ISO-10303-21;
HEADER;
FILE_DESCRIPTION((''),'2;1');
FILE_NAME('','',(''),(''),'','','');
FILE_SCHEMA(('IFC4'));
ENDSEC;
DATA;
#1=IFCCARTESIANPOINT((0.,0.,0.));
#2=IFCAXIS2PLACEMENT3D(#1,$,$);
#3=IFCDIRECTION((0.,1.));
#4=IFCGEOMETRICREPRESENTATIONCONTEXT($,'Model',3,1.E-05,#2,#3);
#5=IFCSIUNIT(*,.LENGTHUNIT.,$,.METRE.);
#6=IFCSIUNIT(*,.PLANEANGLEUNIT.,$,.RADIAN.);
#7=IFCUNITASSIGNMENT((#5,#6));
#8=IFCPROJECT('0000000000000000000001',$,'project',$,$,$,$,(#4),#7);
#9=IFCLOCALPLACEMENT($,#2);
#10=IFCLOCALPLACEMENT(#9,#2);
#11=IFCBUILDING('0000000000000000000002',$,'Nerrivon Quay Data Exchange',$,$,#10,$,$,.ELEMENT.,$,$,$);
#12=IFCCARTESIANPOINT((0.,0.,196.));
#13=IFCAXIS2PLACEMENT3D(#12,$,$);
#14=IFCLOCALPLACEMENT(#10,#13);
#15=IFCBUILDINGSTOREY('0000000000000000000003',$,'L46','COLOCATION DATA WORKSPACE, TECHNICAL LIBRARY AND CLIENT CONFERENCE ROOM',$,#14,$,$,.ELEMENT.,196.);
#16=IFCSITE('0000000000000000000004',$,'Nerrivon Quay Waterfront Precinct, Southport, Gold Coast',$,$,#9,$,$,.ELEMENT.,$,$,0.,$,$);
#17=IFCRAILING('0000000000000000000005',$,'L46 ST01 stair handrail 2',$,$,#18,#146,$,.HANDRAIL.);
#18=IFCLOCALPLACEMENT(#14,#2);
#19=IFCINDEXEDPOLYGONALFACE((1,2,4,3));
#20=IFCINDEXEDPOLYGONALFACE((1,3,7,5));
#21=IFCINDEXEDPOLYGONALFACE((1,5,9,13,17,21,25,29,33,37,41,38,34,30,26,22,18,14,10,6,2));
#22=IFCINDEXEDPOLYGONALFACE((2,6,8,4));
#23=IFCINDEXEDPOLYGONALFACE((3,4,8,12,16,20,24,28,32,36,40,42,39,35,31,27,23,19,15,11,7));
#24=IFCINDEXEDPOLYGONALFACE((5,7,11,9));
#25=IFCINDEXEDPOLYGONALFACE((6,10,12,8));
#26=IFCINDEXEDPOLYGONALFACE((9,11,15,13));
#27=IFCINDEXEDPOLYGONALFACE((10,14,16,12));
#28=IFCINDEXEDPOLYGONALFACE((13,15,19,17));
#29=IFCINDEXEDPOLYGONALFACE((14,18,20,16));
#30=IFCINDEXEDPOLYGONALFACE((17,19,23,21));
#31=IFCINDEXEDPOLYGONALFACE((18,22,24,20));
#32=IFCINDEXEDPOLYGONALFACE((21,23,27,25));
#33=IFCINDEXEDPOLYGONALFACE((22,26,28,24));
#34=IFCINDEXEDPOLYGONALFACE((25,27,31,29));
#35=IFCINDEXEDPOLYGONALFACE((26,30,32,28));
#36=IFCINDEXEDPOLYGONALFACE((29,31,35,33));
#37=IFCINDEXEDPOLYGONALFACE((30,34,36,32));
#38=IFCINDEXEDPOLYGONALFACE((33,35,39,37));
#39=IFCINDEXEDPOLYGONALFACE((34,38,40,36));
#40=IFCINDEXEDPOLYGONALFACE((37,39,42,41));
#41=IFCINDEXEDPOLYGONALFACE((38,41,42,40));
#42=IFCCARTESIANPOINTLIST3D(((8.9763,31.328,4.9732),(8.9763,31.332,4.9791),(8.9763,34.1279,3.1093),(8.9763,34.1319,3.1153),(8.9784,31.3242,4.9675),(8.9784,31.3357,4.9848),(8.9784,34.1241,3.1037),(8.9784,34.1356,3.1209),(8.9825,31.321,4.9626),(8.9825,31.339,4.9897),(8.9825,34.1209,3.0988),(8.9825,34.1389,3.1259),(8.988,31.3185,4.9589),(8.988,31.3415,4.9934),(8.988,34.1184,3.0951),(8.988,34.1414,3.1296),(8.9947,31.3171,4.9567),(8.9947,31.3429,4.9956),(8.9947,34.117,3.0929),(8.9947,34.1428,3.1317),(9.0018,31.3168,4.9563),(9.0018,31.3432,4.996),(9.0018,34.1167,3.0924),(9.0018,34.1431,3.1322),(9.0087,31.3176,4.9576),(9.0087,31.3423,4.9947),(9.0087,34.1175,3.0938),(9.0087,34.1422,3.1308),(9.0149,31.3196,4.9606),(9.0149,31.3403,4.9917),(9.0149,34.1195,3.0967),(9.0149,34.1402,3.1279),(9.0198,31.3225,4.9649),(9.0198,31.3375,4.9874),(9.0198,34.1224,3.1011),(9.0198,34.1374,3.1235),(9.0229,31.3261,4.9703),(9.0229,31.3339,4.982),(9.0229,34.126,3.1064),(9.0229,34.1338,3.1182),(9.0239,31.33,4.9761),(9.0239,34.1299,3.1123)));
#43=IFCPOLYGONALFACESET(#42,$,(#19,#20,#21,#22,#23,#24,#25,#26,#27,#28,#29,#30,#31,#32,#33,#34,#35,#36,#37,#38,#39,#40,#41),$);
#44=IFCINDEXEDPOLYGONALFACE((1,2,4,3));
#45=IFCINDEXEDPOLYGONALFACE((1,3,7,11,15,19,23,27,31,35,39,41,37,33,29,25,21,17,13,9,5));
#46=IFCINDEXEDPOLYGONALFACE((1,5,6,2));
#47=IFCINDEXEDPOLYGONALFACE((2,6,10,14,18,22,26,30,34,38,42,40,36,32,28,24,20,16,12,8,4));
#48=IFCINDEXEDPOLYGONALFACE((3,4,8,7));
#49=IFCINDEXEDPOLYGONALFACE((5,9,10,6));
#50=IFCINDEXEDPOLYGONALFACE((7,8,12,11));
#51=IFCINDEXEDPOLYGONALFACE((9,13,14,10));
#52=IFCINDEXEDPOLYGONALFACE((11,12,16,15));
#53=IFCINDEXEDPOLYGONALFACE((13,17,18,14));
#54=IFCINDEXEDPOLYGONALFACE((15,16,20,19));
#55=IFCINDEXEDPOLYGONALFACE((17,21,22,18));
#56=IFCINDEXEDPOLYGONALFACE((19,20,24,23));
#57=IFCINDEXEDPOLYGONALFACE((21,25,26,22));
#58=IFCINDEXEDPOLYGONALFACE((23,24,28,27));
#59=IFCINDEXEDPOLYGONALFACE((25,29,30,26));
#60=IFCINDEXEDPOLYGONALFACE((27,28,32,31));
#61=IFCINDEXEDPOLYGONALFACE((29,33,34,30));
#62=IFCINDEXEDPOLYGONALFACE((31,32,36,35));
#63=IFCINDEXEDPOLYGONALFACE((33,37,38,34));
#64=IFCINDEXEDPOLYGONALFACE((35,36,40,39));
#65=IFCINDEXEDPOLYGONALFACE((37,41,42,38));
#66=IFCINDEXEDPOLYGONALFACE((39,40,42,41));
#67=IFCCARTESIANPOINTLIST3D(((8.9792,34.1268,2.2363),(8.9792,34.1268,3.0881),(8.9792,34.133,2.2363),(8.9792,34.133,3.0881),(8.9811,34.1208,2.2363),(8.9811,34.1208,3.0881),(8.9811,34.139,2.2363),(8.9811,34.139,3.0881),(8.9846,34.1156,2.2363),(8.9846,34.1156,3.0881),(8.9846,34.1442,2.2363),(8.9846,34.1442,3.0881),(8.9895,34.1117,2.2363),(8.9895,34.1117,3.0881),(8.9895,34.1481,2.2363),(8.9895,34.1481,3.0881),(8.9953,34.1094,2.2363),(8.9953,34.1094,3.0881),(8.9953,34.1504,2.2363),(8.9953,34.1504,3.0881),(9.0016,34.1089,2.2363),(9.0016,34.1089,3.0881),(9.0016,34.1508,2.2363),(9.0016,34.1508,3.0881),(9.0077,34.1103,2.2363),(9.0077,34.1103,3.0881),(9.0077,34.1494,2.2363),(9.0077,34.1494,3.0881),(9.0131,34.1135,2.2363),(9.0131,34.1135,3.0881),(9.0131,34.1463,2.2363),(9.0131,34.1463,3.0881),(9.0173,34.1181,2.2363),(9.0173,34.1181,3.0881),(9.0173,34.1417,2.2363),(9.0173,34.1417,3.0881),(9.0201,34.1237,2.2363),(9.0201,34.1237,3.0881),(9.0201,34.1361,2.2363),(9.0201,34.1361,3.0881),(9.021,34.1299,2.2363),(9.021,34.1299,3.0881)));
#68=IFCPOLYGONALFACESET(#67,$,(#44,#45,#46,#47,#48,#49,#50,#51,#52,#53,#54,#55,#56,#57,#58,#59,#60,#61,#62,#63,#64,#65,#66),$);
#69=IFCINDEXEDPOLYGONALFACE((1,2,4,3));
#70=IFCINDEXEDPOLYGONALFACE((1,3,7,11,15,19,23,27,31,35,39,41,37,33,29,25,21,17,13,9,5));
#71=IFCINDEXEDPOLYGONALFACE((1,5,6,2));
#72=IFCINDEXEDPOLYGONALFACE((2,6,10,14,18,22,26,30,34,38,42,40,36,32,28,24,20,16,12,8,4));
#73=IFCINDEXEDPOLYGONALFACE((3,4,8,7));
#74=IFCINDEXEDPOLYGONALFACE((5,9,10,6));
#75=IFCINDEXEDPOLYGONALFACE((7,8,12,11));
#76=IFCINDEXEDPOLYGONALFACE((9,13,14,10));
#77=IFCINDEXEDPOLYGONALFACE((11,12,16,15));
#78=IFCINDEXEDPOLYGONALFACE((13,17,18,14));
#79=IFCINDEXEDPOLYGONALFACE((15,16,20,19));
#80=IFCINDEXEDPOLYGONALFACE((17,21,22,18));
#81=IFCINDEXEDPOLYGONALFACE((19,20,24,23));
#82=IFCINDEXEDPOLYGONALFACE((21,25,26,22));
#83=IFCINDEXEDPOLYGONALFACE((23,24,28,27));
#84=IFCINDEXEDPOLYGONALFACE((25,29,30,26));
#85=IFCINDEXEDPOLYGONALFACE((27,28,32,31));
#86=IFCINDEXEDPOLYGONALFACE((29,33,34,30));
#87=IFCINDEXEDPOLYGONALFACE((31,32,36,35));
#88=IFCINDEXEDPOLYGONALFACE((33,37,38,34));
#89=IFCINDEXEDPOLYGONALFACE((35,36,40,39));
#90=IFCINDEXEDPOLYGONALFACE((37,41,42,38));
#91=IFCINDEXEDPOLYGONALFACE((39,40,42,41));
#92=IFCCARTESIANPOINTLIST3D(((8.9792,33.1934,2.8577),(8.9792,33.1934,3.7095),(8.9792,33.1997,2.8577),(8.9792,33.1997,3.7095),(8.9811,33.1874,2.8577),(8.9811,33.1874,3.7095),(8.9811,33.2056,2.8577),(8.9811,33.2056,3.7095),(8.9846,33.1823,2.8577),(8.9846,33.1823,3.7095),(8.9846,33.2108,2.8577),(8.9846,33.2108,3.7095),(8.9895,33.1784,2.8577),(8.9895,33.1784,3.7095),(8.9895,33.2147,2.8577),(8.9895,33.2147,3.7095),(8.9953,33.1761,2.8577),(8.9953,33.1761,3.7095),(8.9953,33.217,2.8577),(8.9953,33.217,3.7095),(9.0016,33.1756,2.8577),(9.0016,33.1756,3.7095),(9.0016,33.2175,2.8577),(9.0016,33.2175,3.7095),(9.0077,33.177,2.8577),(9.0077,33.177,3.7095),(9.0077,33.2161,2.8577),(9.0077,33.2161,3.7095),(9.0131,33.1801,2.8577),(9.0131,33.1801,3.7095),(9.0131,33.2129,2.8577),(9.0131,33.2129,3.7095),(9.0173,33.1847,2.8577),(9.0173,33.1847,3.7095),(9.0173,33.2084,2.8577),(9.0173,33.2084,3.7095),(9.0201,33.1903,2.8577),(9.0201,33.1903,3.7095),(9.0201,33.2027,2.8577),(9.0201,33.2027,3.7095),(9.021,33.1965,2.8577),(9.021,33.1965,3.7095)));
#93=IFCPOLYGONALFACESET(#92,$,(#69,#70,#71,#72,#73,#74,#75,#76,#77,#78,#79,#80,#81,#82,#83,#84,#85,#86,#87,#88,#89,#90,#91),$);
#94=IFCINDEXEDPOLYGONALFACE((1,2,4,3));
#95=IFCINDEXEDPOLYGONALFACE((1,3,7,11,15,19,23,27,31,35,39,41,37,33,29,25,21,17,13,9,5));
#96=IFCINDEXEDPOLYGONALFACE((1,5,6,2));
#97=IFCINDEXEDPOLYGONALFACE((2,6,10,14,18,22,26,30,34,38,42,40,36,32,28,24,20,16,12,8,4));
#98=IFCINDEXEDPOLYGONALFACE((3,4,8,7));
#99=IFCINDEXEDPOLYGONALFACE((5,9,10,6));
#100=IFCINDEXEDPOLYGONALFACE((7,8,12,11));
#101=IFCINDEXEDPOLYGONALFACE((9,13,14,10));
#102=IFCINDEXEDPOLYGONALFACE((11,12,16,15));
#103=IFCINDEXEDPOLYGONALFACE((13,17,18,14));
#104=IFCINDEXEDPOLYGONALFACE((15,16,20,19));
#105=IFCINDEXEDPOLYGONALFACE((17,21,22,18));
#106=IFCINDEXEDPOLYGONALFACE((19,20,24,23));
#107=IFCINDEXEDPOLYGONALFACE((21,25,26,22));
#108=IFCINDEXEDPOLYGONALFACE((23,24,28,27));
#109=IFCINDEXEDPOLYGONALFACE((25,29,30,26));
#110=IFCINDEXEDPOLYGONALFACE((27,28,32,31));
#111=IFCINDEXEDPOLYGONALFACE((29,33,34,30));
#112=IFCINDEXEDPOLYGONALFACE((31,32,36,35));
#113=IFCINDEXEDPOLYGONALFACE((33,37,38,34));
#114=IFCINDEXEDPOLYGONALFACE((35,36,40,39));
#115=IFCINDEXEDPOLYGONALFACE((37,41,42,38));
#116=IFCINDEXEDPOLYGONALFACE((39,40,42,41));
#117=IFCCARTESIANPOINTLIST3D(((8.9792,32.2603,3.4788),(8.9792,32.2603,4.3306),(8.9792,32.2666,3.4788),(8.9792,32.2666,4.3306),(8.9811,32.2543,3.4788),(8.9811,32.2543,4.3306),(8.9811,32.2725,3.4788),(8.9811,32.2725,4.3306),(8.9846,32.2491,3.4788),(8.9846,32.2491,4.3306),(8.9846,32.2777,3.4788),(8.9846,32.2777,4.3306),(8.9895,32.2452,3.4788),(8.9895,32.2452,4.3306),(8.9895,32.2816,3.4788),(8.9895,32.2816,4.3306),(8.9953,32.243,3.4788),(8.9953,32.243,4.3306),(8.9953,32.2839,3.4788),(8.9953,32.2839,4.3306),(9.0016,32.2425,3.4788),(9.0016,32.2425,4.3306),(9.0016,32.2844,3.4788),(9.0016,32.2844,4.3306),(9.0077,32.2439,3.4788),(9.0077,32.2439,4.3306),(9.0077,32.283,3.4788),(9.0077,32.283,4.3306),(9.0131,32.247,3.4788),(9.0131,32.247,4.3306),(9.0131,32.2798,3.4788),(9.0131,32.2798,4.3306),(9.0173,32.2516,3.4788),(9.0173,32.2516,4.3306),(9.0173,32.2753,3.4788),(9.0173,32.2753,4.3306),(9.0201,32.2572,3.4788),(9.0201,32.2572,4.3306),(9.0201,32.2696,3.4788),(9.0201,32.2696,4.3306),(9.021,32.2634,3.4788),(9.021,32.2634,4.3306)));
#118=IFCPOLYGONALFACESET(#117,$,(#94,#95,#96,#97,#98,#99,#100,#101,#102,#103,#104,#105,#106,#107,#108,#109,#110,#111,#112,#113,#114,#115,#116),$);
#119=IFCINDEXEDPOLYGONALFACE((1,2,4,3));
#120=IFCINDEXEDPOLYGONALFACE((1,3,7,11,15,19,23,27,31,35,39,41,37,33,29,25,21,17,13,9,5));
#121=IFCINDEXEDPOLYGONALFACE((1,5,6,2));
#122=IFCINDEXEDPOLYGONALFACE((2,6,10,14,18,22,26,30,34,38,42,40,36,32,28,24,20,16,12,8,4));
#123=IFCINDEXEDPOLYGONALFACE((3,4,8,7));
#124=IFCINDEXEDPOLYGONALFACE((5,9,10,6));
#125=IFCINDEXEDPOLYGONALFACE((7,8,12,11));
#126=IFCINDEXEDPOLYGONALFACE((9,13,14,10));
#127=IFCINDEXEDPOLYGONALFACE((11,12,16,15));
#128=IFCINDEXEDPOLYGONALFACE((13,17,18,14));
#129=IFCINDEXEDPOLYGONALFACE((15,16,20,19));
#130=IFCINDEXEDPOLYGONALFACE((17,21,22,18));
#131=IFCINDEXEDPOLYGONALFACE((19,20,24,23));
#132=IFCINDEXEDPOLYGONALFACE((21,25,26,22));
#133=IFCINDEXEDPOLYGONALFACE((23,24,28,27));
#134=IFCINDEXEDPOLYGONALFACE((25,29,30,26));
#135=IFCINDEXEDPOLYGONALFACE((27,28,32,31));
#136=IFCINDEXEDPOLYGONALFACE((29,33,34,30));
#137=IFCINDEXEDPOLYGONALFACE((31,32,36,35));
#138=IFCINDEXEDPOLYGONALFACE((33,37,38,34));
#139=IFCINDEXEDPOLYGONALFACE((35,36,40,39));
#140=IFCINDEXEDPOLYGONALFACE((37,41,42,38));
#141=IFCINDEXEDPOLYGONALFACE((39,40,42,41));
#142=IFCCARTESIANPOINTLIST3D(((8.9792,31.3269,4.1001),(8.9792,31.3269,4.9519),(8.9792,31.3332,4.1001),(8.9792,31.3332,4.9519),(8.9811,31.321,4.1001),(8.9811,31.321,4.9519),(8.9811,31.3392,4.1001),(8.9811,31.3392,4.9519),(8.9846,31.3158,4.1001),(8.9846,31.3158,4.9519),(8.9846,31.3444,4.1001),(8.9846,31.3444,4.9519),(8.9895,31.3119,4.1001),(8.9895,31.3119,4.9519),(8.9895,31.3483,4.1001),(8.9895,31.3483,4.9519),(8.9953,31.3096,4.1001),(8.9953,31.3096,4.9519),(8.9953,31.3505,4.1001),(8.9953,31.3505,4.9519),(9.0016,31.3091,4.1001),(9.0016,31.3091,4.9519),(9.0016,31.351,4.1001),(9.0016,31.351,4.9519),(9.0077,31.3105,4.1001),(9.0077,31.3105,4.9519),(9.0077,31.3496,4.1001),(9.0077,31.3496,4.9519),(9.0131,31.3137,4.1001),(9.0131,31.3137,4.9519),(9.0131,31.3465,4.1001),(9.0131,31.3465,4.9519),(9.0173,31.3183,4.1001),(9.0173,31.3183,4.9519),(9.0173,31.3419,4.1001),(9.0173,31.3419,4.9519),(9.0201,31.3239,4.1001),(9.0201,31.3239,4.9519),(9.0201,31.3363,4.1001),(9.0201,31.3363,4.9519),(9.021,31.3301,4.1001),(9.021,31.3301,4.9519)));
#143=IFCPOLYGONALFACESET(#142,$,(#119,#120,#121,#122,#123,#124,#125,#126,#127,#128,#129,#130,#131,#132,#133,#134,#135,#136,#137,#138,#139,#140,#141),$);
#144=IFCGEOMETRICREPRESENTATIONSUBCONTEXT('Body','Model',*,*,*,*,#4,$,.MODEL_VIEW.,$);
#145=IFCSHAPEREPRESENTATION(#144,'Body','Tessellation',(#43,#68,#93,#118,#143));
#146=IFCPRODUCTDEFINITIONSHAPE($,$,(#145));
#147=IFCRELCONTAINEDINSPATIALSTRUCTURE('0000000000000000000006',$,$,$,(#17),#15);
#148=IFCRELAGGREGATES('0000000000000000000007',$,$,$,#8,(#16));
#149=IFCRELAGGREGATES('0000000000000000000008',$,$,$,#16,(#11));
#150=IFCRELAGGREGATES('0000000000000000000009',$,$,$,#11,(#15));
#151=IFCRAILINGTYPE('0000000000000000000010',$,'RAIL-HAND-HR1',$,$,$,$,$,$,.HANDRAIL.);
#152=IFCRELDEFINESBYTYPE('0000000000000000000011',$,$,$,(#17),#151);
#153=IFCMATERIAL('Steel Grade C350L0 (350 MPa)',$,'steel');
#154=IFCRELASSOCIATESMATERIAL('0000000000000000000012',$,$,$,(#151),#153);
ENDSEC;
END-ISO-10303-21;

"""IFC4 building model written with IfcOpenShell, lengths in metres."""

from ifc_helpers import new_model, si_unit, direction, frame, origin, origin_2d, place, context, subcontext, project, spatial, circle, extrude, material, type_object, element, save


model = new_model("IFC4")

# Units and contexts
model_context = context("Model", 3, precision=1e-05, world=origin(), true_north=direction((0.0, 1.0)))
body_context = subcontext(model_context, "Body", "Model", "MODEL_VIEW")
ifc_project = project(units=[si_unit("LENGTHUNIT", "METRE"), si_unit("PLANEANGLEUNIT", "RADIAN")], contexts=[model_context])

# Site, building, storey
site_placement = place(None, origin())
site = spatial("IfcSite", under=ifc_project, at=site_placement, Name="Nerrivon Quay Waterfront Precinct, Southport, Gold Coast", CompositionType="ELEMENT", RefElevation=0.0)
building_placement = place(site_placement, origin())
building = spatial("IfcBuilding", under=site, at=building_placement, Name="Nerrivon Quay Data Exchange", CompositionType="ELEMENT")
storey_placement = place(building_placement, frame((0.0, 0.0, 196.0)))
storey = spatial("IfcBuildingStorey", under=building, at=storey_placement, Name="L46", Description="COLOCATION DATA WORKSPACE, TECHNICAL LIBRARY AND CLIENT CONFERENCE ROOM", CompositionType="ELEMENT", Elevation=196.0)

# Railing
ifc_material_1 = material(Name="Steel Grade C350L0 (350 MPa)", Category="steel")
railing_type_1 = type_object("IfcRailingType", Name="RAIL-HAND-HR1", PredefinedType="HANDRAIL", material=ifc_material_1)
railing_1_placement = place(storey_placement, frame((9.0, 34.1299, 2.2363)))
element("IfcRailing", 1, at=railing_1_placement, inside=storey, type_object=railing_type_1, Name="L46 ST01 stair handrail 2", PredefinedType="HANDRAIL", context=body_context, shape_type="SweptSolid", body=[
    extrude(circle(Radius=0.0239, at=origin_2d()), frame((0.0, 0.0, 0.876), z_axis=(0.0, -0.83243, 0.554131), x_axis=(1.0, 0.0, 0.0)), (0.0, 0.0, 1.0), 3.3635),
    extrude(circle(Radius=0.021, at=origin_2d()), origin(), (0.0, 0.0, 1.0), 0.8518),
    extrude(circle(Radius=0.021, at=origin_2d()), frame((0.0, -0.9333, 0.6213)), (0.0, 0.0, 1.0), 0.8518),
    extrude(circle(Radius=0.021, at=origin_2d()), frame((0.0, -1.8665, 1.2424)), (0.0, 0.0, 1.0), 0.8518),
    extrude(circle(Radius=0.021, at=origin_2d()), frame((0.0, -2.7998, 1.8638)), (0.0, 0.0, 1.0), 0.8518),
])

save(model, "model.ifc")
